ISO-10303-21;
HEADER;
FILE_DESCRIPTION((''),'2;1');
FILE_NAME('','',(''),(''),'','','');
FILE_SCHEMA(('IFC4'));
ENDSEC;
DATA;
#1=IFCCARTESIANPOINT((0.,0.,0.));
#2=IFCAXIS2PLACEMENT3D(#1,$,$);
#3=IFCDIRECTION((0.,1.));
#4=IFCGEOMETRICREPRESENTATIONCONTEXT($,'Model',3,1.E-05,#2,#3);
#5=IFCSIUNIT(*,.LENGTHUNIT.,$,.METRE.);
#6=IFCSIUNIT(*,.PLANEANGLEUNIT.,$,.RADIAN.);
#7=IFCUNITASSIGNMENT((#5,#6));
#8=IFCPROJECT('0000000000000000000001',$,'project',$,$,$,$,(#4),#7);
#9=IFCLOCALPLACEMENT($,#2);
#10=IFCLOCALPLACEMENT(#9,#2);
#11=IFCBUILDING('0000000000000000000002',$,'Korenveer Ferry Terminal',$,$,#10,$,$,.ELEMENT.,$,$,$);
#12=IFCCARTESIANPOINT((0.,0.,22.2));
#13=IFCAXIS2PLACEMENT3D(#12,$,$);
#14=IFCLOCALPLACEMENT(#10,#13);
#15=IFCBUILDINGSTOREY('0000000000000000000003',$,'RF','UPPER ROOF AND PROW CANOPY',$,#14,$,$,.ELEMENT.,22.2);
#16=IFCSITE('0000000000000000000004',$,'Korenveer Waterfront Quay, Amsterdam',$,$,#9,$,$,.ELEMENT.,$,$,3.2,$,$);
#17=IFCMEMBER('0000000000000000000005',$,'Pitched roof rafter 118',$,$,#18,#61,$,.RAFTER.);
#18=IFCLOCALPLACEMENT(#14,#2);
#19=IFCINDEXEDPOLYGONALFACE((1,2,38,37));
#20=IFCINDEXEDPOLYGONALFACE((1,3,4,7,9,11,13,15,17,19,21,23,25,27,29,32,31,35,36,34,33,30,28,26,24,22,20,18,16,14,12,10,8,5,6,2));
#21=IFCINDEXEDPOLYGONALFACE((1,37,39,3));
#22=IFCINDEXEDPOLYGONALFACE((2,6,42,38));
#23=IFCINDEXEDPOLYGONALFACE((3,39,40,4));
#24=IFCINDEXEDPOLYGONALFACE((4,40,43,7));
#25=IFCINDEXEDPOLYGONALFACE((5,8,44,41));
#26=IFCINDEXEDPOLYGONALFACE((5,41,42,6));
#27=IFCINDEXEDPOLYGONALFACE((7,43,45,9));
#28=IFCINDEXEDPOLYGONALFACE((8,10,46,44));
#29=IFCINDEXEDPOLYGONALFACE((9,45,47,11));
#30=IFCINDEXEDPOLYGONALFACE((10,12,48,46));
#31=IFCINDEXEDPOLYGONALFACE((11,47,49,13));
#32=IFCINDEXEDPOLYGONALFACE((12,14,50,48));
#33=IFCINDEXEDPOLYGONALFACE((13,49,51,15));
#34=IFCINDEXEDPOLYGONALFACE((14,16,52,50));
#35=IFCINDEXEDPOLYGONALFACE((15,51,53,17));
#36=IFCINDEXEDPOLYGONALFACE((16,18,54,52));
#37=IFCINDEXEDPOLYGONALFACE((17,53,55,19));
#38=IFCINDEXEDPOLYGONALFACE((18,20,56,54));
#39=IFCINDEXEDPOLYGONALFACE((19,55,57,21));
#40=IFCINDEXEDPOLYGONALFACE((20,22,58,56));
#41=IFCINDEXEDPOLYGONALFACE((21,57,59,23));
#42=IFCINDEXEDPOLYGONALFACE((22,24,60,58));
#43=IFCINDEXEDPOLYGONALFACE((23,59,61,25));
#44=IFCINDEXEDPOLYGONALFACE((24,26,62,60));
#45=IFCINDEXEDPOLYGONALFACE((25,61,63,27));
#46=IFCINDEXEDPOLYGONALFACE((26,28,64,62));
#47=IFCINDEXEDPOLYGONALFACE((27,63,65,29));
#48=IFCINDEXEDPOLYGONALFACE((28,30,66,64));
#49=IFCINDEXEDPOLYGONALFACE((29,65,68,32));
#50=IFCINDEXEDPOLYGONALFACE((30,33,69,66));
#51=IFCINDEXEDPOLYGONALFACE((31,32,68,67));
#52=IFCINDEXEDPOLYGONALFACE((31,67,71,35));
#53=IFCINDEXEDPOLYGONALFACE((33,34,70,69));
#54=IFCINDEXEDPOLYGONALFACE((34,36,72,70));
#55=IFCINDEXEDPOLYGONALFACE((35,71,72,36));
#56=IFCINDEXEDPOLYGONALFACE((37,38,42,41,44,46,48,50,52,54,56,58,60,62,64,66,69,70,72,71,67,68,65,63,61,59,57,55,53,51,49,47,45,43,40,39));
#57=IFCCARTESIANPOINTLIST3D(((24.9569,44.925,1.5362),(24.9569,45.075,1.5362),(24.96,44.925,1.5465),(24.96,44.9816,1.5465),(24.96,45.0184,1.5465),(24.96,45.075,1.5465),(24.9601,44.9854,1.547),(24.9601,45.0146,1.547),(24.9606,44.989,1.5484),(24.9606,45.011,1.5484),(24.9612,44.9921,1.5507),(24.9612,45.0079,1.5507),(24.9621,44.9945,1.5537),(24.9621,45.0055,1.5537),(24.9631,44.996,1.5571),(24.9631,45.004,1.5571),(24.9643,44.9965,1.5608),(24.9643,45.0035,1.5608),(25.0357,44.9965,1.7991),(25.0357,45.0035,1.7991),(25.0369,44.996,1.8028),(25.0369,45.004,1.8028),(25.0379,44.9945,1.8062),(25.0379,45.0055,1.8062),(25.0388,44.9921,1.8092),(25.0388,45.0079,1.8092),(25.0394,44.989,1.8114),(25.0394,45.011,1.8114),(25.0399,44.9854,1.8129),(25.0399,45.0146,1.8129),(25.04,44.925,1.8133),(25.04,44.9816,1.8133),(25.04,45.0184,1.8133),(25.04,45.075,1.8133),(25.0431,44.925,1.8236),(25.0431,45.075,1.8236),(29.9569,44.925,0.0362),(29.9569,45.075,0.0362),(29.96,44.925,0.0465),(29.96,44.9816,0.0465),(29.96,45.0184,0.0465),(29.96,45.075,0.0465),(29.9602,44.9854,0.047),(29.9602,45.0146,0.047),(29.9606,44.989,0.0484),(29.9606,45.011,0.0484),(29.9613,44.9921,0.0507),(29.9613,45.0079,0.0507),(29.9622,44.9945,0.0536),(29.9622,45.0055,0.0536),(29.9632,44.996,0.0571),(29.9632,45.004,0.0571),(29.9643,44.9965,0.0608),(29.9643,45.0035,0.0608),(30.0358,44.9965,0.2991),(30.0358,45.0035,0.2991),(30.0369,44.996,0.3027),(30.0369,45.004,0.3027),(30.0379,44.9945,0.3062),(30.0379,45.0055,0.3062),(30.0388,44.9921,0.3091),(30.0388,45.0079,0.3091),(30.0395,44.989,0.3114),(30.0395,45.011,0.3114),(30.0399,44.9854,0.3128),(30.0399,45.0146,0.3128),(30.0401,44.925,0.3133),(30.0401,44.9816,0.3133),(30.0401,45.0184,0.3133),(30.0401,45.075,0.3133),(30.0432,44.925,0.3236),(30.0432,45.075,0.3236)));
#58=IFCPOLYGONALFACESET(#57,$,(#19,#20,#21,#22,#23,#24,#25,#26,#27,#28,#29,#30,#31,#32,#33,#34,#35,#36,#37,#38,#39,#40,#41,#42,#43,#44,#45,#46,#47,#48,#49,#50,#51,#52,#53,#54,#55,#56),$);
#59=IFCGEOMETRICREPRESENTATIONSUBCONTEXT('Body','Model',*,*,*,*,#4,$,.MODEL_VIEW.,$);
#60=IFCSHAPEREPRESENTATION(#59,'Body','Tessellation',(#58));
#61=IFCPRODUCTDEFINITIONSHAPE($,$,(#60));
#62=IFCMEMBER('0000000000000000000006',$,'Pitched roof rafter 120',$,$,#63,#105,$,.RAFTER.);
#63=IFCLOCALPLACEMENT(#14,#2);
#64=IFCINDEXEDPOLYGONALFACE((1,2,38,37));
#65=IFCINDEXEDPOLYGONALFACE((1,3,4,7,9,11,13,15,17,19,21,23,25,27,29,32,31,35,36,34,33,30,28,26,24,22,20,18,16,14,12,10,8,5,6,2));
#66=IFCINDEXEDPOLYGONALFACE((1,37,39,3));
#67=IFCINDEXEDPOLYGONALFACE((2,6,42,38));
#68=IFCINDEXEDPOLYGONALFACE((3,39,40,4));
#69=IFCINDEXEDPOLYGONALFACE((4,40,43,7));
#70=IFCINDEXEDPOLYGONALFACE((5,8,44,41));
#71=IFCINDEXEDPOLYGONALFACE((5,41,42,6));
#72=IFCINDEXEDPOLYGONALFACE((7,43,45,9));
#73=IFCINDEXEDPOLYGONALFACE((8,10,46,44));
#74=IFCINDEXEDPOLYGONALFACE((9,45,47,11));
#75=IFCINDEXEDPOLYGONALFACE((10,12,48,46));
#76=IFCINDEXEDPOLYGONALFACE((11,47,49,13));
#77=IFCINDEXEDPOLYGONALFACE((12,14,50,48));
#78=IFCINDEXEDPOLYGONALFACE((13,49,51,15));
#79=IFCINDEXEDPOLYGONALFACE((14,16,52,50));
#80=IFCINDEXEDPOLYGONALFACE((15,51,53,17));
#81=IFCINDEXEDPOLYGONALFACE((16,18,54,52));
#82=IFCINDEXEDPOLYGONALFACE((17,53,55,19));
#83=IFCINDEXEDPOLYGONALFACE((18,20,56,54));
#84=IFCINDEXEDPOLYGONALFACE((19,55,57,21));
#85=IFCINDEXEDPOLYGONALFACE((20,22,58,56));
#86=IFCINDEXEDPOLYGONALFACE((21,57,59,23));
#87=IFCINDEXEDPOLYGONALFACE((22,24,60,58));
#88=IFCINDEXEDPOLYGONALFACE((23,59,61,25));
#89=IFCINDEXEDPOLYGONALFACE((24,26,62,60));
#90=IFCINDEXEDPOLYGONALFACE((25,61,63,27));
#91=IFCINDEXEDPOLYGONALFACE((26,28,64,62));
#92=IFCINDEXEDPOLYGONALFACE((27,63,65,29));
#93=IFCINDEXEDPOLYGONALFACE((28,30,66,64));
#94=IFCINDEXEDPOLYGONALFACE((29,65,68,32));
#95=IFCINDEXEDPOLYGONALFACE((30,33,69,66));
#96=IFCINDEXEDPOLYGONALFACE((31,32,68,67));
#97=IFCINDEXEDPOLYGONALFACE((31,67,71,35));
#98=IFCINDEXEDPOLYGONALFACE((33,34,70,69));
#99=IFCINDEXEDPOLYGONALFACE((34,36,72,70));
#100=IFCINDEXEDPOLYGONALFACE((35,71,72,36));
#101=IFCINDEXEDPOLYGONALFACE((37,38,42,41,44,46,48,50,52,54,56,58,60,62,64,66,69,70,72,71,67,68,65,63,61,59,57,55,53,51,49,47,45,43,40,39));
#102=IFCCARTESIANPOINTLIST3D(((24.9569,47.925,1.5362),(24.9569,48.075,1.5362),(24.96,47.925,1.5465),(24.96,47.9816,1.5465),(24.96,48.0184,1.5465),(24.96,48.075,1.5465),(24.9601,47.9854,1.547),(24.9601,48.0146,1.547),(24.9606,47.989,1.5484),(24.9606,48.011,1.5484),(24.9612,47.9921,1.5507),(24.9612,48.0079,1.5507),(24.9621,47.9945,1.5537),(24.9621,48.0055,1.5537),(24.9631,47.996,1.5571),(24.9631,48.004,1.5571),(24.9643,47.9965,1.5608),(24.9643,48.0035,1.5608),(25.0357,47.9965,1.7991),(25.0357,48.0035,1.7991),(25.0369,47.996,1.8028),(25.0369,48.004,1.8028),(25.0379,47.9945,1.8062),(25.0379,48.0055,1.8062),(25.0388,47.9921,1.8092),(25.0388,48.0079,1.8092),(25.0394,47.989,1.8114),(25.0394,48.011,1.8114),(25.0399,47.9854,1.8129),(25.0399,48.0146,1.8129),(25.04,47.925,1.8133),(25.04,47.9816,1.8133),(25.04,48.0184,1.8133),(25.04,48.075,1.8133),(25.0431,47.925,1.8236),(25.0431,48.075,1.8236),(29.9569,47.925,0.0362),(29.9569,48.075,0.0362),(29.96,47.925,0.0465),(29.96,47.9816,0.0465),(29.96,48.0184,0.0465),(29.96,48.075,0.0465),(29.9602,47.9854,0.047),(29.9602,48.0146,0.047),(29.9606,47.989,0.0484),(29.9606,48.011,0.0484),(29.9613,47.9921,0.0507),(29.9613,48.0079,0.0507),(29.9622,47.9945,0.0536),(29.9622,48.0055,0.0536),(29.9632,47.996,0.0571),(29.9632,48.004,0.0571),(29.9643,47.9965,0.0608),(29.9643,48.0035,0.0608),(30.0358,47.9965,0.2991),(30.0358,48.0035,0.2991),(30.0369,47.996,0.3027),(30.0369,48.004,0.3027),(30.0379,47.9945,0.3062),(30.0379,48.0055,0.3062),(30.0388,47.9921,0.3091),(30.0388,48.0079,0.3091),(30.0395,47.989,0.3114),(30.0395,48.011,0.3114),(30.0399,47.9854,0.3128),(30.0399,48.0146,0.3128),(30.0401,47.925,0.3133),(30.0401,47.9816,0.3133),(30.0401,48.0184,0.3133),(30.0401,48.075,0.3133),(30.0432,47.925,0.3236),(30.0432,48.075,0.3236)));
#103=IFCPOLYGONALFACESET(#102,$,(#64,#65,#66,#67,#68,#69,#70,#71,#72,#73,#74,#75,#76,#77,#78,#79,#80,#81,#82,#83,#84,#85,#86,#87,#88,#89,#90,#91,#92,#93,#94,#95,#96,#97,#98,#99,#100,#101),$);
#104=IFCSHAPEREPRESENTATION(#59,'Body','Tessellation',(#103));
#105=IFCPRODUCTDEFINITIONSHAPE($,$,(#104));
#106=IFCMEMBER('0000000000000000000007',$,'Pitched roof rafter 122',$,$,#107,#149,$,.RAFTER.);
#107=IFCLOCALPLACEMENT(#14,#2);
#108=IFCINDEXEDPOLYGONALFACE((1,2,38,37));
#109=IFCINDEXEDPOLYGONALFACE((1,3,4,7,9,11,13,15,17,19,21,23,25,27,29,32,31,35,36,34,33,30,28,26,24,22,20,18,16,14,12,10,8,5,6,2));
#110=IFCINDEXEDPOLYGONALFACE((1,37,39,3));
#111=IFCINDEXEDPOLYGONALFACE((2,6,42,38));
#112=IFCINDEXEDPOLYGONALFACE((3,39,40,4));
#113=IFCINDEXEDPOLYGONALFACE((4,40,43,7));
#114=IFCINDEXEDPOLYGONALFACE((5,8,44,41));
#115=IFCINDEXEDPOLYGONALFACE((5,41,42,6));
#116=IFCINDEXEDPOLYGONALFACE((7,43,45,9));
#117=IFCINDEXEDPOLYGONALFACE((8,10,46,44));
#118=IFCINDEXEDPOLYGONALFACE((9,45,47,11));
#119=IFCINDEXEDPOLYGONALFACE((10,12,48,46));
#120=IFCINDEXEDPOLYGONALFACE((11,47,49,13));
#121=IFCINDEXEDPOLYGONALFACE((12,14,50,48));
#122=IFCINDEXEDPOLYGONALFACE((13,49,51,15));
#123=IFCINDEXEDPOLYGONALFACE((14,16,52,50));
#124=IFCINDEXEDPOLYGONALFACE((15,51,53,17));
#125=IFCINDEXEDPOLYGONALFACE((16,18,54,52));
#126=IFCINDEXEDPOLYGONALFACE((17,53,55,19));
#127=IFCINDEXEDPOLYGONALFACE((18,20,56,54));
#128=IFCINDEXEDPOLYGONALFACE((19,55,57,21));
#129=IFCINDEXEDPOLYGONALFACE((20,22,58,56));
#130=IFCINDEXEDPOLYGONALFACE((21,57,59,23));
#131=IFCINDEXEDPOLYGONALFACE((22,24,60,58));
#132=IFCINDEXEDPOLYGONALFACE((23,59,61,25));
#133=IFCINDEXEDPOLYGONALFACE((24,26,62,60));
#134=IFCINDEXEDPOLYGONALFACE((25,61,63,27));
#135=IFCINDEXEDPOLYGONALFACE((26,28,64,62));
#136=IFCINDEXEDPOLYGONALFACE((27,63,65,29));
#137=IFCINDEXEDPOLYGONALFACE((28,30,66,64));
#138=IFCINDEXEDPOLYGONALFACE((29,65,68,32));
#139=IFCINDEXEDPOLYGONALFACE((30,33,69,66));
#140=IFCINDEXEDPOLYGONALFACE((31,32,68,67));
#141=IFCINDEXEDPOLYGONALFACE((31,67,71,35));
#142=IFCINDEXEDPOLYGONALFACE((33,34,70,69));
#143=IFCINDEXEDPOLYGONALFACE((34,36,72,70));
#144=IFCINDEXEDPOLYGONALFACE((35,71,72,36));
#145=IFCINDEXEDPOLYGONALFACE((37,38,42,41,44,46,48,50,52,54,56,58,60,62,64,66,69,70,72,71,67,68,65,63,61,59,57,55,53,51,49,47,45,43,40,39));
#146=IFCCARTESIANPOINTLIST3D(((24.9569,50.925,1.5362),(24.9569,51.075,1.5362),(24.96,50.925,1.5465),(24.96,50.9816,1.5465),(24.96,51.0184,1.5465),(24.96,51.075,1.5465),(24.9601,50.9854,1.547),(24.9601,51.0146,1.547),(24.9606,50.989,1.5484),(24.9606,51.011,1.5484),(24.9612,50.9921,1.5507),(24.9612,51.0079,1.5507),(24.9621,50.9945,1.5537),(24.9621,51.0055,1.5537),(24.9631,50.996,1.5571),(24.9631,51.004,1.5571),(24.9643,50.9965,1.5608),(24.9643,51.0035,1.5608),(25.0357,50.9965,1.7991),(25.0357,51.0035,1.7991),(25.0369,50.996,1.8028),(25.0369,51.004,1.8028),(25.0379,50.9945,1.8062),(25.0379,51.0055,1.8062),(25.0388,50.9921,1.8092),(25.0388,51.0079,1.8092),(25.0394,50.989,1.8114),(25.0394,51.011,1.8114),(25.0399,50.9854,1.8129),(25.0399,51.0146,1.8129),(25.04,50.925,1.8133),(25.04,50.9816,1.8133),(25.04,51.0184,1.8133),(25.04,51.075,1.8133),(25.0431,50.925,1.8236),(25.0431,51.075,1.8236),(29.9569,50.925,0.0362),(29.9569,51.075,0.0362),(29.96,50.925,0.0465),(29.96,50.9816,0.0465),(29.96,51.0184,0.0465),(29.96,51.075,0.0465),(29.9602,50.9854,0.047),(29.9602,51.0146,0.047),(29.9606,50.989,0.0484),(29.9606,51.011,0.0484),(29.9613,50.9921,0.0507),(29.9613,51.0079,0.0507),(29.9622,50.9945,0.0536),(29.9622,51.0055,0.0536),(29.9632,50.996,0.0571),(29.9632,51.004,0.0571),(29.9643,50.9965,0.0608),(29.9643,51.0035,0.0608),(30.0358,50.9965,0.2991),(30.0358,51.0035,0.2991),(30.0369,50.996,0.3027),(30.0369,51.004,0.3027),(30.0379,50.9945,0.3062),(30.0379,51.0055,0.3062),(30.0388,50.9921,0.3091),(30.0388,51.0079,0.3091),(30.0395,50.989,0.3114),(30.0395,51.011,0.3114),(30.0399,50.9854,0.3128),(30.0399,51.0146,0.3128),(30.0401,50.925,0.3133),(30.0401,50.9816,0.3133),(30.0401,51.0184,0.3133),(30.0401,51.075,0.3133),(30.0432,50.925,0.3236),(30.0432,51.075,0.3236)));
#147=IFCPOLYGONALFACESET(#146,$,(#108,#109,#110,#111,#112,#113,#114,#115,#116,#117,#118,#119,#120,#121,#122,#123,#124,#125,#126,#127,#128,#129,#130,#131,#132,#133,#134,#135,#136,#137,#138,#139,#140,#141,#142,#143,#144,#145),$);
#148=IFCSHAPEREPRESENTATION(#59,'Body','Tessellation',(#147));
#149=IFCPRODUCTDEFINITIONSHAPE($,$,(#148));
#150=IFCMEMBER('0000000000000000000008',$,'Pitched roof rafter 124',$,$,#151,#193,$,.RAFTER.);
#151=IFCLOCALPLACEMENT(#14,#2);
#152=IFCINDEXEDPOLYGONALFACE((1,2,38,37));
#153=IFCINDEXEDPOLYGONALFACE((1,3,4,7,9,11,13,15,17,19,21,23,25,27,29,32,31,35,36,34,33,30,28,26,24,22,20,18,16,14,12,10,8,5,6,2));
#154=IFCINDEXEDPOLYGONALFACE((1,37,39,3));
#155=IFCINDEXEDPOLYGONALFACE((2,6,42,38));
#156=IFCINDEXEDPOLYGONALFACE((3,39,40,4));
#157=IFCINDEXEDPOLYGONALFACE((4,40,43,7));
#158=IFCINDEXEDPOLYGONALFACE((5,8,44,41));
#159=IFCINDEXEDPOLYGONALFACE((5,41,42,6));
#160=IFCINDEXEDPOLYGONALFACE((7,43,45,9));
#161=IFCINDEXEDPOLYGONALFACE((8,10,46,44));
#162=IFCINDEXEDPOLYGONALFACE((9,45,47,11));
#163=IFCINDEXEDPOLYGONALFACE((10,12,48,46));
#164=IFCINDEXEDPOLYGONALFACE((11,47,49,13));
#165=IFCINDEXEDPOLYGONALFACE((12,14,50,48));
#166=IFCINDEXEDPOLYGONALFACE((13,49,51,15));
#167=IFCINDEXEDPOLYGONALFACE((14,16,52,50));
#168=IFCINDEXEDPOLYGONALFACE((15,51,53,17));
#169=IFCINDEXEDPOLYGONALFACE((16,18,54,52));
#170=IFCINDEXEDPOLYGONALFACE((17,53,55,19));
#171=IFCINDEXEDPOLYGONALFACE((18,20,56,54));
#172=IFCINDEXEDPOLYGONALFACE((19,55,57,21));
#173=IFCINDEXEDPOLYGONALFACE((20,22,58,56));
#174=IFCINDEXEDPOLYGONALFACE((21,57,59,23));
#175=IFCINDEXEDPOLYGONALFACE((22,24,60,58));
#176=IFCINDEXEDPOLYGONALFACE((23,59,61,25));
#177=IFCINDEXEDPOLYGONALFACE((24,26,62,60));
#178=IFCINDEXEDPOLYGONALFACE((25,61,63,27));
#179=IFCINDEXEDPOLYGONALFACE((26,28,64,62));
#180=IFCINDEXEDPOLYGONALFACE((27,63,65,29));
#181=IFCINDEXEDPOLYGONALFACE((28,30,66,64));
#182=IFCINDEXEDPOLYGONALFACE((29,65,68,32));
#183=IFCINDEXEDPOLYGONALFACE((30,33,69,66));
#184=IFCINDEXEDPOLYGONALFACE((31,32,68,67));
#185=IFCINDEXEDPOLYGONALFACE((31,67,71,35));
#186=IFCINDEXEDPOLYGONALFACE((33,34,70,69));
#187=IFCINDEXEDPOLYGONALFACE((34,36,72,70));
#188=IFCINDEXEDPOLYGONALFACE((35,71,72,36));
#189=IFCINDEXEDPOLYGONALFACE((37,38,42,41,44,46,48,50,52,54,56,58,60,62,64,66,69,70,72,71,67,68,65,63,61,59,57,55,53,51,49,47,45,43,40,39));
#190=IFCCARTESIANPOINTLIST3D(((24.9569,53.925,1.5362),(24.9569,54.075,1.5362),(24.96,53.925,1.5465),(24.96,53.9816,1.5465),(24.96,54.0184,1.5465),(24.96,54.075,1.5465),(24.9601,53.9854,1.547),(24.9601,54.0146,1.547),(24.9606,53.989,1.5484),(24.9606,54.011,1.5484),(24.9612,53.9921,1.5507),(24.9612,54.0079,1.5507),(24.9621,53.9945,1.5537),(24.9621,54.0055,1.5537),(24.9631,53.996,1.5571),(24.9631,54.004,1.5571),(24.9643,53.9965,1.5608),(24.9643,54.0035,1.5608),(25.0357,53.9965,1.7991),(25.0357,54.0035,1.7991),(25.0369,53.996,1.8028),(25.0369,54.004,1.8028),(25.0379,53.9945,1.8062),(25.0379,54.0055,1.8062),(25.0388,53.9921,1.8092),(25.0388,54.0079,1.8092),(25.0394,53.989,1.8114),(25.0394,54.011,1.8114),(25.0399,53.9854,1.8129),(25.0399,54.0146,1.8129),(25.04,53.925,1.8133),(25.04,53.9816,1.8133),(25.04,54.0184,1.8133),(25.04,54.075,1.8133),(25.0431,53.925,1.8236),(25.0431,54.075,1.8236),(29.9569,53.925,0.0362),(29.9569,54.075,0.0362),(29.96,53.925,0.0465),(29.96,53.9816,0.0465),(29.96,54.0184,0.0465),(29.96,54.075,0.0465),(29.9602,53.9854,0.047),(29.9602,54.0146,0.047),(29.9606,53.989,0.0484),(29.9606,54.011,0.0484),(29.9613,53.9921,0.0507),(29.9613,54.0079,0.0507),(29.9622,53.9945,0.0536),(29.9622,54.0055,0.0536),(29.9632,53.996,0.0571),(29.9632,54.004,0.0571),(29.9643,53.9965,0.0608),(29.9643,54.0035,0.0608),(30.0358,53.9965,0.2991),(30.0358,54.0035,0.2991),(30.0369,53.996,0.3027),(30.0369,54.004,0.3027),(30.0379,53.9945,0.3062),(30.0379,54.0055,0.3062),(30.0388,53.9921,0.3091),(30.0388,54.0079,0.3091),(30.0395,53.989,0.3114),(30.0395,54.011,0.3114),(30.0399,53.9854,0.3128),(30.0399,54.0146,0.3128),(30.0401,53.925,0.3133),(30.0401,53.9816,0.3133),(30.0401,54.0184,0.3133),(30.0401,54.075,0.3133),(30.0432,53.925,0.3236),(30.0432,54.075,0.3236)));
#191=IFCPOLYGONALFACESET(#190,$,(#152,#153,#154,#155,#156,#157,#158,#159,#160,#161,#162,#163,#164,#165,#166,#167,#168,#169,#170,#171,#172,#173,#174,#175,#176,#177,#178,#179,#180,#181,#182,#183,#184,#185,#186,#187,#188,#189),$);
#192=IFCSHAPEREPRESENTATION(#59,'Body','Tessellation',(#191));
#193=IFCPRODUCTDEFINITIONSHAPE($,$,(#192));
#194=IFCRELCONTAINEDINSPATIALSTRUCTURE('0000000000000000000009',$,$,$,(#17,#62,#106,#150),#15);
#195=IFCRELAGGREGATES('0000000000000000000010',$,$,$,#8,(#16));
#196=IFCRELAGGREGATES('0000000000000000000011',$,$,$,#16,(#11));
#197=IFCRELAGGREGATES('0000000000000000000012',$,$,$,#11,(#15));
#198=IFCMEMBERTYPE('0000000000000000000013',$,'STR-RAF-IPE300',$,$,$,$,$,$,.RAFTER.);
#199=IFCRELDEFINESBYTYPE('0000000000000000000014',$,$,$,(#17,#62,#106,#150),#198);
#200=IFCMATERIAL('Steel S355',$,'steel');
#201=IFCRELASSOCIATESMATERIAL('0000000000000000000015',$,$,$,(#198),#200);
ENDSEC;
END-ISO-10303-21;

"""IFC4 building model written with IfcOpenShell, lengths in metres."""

from ifc_helpers import new_model, si_unit, direction, frame, origin, origin_2d, place, context, subcontext, project, spatial, i_section, extrude, material, material_profile, profile_set, type_object, element, save


model = new_model("IFC4")

# Units and contexts
model_context = context("Model", 3, precision=1e-05, world=origin(), true_north=direction((0.0, 1.0)))
body_context = subcontext(model_context, "Body", "Model", "MODEL_VIEW")
ifc_project = project(units=[si_unit("LENGTHUNIT", "METRE"), si_unit("PLANEANGLEUNIT", "RADIAN")], contexts=[model_context])

# Site, building, storey
site_placement = place(None, origin())
site = spatial("IfcSite", under=ifc_project, at=site_placement, Name="Korenveer Waterfront Quay, Amsterdam", CompositionType="ELEMENT", RefElevation=3.2)
building_placement = place(site_placement, origin())
building = spatial("IfcBuilding", under=site, at=building_placement, Name="Korenveer Ferry Terminal", CompositionType="ELEMENT")
storey_placement = place(building_placement, frame((0.0, 0.0, 22.2)))
storey = spatial("IfcBuildingStorey", under=building, at=storey_placement, Name="RF", Description="UPPER ROOF AND PROW CANOPY", CompositionType="ELEMENT", Elevation=22.2)

# Shared definitions
ifc_material_1 = material(Name="Steel S355", Category="steel")

# Members
ifc_material_profile_1 = material_profile(ifc_material_1, i_section(OverallWidth=0.1499, OverallDepth=0.3, WebThickness=0.0071, FlangeThickness=0.0107, FilletRadius=0.0149, at=origin_2d()), Name="IPE 300")
ifc_profile_set_1 = profile_set([ifc_material_profile_1], Name="Steel S355")
member_type_1 = type_object("IfcMemberType", Name="STR-RAF-IPE300", PredefinedType="RAFTER", material=ifc_profile_set_1)
for number, where, z_axis, x_axis, name in (
    (1, (25.0, 45.0, 1.6799), (0.957826, 0.0, -0.287348), (0.0, 1.0, 0.0), "Pitched roof rafter 118"),
    (2, (25.0, 48.0, 1.6799), (0.957826, 0.0, -0.287348), (0.0, 1.0, 0.0), "Pitched roof rafter 120"),
    (3, (25.0, 51.0, 1.6799), (0.957826, 0.0, -0.287348), (0.0, 1.0, 0.0), "Pitched roof rafter 122"),
    (4, (25.0, 54.0, 1.6799), (0.957826, 0.0, -0.287348), (0.0, 1.0, 0.0), "Pitched roof rafter 124"),
):
    element("IfcMember", number, at=place(storey_placement, frame(where, z_axis=z_axis, x_axis=x_axis)), inside=storey, type_object=member_type_1, Name=name, PredefinedType="RAFTER", context=body_context, shape_type="SweptSolid", body=[
        extrude(i_section(OverallWidth=0.1499, OverallDepth=0.3, WebThickness=0.0071, FlangeThickness=0.0107, FilletRadius=0.0149, at=origin_2d()), origin(), (0.0, 0.0, 1.0), 5.2202),
    ])

save(model, "model.ifc")
